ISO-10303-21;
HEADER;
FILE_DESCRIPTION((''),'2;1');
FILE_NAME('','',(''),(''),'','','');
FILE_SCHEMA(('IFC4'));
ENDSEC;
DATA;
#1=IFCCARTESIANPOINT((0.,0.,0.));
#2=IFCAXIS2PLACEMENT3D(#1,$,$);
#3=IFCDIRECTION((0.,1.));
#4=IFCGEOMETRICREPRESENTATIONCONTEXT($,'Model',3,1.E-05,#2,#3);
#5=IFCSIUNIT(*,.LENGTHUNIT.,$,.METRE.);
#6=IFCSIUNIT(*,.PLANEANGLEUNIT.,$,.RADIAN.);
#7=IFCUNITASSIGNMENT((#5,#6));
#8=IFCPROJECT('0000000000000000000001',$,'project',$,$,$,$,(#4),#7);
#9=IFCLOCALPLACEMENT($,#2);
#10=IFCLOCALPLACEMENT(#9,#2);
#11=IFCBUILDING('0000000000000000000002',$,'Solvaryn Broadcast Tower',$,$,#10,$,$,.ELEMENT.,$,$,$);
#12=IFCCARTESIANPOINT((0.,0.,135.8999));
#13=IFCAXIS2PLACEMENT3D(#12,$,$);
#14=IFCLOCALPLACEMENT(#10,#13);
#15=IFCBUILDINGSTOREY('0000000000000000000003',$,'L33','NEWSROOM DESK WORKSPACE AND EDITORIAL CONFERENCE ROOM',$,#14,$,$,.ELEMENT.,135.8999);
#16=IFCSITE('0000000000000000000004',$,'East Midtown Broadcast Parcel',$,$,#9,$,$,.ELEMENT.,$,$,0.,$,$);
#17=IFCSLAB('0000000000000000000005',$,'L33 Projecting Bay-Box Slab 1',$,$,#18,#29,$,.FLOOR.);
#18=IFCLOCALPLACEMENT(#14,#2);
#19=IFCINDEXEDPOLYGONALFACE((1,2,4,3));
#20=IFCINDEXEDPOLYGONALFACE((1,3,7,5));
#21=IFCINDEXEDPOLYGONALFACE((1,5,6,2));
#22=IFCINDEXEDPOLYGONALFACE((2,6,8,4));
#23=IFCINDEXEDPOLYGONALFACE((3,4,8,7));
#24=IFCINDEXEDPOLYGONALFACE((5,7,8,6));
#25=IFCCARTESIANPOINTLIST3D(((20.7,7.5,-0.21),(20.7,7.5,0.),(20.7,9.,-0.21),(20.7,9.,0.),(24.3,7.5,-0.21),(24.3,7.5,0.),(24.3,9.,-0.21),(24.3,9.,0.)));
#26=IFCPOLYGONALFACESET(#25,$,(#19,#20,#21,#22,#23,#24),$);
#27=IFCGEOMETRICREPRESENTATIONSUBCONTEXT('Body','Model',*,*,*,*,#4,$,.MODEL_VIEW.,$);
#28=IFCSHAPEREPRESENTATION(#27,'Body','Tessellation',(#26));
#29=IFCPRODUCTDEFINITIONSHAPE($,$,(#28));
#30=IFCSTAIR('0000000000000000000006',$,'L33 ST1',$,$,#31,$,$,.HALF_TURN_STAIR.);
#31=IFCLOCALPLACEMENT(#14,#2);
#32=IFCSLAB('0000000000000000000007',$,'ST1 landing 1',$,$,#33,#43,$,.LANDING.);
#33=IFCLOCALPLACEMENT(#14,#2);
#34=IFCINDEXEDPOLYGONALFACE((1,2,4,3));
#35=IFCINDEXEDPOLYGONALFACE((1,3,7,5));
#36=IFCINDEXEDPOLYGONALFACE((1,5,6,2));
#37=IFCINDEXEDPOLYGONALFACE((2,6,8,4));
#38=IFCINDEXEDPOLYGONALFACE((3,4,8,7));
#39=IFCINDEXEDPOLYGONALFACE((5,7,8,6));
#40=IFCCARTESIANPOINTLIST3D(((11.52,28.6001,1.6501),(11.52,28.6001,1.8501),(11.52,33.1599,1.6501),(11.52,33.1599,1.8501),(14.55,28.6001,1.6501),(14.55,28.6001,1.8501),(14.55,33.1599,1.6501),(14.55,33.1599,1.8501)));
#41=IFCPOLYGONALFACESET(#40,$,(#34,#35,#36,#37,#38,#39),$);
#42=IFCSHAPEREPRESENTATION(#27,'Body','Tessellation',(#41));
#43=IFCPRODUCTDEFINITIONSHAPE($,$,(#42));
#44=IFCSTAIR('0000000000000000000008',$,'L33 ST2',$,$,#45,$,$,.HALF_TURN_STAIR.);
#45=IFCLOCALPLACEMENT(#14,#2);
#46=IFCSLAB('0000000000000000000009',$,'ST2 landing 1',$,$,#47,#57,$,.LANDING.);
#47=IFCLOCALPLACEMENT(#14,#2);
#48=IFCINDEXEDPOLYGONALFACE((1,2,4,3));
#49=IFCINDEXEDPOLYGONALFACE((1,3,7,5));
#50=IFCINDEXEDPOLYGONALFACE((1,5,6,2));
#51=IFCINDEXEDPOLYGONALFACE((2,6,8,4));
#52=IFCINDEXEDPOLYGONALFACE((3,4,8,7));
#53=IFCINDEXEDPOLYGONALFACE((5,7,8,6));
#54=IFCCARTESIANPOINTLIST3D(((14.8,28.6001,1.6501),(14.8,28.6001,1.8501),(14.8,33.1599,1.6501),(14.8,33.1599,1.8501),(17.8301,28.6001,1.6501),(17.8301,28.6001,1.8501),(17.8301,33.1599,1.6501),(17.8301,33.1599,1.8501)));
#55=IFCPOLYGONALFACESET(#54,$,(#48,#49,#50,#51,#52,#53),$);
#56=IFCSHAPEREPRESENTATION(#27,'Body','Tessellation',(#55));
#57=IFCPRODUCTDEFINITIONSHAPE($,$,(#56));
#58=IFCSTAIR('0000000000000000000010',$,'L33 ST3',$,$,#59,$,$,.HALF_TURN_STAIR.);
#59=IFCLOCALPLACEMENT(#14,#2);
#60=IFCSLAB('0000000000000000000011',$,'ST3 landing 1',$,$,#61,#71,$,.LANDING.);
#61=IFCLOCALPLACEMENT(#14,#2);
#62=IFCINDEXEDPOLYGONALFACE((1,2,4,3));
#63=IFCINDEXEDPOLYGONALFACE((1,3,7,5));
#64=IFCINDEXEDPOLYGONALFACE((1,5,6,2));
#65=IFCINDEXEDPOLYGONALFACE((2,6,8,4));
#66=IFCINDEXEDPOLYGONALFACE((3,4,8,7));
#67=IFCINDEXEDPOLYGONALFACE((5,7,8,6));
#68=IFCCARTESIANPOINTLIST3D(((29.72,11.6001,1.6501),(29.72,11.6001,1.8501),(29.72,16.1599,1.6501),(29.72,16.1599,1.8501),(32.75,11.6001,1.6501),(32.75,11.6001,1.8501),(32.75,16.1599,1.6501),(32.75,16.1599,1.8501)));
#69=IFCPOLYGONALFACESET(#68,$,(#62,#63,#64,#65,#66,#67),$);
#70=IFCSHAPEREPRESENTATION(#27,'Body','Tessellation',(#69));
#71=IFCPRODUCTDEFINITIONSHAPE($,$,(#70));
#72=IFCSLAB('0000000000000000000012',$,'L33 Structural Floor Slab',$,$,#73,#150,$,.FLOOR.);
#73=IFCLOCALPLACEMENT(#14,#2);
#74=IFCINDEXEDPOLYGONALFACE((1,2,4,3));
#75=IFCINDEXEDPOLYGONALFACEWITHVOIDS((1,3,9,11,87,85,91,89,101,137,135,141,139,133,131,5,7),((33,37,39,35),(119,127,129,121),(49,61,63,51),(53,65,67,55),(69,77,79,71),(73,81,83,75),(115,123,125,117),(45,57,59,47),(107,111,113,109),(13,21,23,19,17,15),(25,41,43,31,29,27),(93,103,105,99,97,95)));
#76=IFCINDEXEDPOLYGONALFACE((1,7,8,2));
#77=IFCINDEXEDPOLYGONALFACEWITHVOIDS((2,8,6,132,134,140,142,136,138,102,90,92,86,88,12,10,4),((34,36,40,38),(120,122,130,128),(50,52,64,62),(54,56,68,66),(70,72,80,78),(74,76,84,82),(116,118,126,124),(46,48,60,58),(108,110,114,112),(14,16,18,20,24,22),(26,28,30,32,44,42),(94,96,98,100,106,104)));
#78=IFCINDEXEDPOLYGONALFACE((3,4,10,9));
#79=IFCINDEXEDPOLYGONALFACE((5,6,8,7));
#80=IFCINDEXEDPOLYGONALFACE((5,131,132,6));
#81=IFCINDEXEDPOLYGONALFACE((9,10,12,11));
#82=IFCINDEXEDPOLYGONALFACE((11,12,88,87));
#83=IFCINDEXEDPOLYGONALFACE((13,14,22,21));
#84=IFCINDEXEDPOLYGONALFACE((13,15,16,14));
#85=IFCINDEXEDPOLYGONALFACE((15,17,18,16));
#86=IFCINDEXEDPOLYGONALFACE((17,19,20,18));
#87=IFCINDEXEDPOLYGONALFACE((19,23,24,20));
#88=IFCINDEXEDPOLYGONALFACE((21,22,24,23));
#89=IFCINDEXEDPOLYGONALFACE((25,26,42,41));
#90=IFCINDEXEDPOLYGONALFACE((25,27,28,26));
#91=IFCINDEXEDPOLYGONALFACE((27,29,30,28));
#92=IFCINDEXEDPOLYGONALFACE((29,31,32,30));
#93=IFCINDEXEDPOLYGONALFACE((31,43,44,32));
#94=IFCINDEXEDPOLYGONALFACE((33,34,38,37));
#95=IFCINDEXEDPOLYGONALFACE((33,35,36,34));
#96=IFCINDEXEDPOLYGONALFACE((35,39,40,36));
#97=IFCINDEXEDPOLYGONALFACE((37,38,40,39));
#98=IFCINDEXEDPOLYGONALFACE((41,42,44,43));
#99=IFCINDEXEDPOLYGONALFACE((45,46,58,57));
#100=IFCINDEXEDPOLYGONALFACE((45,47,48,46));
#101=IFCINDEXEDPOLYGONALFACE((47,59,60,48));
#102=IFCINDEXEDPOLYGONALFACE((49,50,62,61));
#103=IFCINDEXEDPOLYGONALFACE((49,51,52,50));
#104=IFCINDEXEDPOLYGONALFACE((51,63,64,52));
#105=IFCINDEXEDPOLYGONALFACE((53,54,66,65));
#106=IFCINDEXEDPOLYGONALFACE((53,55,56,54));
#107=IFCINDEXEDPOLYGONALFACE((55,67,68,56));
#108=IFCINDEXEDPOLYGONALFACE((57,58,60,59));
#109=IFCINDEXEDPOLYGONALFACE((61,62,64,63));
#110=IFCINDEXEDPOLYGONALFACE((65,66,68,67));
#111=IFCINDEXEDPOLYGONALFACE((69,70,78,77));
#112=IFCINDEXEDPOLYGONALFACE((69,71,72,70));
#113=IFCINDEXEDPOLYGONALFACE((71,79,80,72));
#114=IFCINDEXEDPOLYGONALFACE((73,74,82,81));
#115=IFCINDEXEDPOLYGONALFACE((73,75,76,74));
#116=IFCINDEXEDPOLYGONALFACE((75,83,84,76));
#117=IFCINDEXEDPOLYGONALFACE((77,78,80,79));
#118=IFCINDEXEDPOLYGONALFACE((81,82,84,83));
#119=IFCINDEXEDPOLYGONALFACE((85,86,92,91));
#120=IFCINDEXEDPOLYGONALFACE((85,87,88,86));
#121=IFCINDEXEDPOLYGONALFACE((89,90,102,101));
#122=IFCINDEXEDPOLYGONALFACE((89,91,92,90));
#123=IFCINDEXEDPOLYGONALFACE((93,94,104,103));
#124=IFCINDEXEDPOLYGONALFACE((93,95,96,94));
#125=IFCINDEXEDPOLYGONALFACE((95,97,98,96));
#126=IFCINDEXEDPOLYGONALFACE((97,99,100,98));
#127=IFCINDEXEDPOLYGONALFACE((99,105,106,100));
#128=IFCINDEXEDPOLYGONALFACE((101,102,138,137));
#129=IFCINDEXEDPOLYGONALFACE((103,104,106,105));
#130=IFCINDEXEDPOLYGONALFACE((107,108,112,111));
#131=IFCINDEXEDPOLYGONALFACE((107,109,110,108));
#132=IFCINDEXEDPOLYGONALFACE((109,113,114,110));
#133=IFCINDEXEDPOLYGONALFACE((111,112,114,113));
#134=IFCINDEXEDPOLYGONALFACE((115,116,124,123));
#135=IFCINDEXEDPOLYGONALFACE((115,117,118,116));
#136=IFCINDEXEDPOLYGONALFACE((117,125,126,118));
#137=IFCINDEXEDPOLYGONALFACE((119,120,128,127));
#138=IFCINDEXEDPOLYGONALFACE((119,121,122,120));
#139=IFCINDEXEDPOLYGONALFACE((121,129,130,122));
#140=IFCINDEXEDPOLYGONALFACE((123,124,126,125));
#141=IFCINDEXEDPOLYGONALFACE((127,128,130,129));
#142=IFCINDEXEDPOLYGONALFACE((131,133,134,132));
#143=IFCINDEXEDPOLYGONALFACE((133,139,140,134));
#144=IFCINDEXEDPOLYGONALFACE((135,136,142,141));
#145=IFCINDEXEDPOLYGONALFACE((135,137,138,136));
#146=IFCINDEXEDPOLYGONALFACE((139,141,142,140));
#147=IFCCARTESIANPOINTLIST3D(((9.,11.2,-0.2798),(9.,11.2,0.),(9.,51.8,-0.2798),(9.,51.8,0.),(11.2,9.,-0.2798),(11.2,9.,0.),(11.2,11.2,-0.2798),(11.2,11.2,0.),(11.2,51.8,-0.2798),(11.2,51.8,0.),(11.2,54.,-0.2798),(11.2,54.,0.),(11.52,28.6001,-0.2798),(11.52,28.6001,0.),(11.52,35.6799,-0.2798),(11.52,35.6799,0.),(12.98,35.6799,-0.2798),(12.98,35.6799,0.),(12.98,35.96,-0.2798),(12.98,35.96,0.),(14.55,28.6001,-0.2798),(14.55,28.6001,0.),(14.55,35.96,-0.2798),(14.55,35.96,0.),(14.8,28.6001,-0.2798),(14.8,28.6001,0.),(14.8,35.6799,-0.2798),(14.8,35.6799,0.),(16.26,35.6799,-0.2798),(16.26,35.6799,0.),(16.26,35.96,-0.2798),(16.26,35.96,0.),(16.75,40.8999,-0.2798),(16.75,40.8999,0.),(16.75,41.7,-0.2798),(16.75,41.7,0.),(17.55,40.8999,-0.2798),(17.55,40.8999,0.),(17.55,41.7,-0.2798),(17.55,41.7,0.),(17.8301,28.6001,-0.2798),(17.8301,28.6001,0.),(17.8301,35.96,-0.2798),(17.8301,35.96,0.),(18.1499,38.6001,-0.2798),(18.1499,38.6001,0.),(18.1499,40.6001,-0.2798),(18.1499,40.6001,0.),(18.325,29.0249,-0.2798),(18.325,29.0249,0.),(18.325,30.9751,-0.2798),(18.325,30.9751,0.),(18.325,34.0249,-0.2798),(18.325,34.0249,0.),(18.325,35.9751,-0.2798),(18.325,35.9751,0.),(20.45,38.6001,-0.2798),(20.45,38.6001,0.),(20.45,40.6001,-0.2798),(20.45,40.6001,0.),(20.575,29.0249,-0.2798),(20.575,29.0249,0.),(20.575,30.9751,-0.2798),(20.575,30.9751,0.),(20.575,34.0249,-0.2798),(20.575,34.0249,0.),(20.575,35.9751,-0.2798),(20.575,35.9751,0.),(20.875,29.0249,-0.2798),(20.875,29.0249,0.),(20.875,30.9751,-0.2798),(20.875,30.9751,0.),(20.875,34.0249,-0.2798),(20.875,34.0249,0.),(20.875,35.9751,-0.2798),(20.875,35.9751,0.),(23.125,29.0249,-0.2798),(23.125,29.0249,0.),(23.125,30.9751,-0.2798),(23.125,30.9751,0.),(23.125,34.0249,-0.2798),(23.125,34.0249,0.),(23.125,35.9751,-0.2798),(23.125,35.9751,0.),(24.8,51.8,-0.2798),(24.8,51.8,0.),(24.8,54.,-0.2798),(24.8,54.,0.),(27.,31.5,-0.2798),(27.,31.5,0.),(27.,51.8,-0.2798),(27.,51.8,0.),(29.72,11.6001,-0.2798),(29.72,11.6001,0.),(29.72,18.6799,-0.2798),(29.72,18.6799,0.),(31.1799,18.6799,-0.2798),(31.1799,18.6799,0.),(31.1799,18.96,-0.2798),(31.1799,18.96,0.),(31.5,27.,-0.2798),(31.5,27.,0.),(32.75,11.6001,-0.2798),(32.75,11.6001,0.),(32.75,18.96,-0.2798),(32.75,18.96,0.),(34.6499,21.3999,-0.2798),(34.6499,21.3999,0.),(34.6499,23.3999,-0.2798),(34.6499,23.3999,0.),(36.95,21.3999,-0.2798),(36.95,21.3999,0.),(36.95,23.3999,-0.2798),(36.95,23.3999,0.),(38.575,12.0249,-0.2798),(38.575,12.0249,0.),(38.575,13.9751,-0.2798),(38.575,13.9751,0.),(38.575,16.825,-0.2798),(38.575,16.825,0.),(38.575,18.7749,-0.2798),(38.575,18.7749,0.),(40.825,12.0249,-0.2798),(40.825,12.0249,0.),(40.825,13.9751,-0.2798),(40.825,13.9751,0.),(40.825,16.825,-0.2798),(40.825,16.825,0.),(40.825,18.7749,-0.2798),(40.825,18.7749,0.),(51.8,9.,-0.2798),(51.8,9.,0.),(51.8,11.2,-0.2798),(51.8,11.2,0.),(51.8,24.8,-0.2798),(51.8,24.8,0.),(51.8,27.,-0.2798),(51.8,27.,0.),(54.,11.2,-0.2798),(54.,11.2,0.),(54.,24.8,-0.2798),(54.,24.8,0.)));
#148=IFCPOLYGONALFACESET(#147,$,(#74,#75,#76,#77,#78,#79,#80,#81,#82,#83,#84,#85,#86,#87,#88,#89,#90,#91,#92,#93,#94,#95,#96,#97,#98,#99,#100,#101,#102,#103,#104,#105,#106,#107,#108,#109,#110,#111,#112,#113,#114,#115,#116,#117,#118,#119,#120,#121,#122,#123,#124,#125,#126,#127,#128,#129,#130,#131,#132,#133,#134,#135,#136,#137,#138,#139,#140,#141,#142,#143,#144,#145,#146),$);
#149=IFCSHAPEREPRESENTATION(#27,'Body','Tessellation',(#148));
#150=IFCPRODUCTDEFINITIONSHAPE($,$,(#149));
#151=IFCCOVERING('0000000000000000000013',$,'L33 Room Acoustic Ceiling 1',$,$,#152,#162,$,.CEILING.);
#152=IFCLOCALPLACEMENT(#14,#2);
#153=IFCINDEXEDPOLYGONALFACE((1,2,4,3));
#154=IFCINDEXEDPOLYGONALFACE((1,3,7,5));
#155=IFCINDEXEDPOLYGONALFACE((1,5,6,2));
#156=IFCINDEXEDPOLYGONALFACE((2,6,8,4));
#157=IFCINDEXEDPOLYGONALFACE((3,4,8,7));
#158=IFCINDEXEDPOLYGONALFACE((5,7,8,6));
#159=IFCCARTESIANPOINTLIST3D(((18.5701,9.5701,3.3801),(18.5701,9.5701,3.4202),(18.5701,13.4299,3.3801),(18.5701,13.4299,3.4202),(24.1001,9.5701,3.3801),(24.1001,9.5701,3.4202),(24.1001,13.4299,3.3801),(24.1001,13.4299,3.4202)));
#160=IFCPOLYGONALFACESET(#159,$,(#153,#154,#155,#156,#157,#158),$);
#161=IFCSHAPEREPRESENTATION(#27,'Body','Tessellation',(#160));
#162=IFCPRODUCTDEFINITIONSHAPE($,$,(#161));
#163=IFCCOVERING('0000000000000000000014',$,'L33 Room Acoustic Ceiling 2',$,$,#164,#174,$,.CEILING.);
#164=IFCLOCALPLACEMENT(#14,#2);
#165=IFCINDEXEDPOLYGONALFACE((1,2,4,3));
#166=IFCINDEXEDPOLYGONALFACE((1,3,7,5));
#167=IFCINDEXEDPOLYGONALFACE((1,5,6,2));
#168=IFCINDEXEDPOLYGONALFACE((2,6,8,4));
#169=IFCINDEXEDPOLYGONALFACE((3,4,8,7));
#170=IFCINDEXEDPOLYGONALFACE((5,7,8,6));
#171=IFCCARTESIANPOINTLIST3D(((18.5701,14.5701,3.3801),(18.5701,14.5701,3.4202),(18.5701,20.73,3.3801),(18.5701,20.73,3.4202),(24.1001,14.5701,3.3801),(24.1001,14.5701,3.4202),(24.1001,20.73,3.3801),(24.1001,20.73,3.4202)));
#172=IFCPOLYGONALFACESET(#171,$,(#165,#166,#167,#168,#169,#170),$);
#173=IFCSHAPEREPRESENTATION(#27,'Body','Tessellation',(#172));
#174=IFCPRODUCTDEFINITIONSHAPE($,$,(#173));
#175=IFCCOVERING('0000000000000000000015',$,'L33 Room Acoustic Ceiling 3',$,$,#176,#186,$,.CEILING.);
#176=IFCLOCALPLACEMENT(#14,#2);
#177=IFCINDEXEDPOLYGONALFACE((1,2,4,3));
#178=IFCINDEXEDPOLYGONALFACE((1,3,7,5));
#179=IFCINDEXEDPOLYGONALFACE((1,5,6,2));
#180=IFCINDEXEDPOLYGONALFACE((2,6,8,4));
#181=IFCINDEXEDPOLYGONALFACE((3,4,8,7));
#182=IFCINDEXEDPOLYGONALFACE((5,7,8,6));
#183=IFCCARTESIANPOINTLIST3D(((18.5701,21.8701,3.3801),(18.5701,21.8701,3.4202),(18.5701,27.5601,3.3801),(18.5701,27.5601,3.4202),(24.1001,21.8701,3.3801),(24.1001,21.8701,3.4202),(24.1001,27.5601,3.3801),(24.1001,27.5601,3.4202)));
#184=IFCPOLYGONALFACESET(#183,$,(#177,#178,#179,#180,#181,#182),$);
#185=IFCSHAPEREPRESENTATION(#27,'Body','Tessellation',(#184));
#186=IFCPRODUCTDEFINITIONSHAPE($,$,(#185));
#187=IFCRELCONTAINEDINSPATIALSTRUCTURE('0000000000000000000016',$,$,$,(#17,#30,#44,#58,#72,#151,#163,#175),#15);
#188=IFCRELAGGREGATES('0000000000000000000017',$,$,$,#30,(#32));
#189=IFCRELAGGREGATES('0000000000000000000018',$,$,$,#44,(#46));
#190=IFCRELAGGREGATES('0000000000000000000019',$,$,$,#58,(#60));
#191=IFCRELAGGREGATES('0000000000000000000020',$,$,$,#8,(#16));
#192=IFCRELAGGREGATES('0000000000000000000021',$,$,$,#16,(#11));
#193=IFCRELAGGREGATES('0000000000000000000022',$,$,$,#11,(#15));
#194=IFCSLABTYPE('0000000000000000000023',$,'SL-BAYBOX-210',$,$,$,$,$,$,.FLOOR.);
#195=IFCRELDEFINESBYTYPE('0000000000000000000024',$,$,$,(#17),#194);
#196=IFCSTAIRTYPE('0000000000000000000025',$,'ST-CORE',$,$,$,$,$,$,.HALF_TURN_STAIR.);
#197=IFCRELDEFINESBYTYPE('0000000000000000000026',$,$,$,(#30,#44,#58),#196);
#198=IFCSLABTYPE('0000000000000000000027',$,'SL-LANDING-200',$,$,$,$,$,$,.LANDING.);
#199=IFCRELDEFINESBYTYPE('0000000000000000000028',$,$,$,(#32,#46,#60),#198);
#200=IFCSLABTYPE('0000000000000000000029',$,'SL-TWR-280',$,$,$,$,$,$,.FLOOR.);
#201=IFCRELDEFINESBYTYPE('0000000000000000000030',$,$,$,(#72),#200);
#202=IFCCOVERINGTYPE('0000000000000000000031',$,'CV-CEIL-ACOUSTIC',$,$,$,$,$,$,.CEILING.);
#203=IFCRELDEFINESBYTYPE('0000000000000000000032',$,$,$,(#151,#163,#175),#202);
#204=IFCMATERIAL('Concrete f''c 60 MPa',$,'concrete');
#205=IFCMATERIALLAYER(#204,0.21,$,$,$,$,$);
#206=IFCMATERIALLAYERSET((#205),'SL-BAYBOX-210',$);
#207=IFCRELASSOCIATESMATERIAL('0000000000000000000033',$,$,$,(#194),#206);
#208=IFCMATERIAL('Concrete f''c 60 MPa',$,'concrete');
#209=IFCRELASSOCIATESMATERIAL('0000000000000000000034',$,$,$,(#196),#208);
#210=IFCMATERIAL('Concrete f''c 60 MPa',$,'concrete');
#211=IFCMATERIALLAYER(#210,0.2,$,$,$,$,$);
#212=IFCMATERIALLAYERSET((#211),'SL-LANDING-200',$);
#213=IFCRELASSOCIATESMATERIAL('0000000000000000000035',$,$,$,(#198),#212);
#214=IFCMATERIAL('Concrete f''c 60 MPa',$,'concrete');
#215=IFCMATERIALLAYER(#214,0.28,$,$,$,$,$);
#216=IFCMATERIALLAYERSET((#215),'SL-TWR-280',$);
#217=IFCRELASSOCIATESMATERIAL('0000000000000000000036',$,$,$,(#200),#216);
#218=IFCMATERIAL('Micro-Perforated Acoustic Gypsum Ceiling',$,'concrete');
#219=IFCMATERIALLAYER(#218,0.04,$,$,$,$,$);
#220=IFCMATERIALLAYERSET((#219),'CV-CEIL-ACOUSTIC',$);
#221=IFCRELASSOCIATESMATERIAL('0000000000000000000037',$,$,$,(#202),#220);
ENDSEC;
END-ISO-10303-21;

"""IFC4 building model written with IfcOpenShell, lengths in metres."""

from ifc_helpers import new_model, si_unit, direction, frame, origin, place, context, subcontext, project, spatial, polyline, outline, extrude, material, layer, layer_set, type_object, element, aggregate, save


model = new_model("IFC4")

# Units and contexts
model_context = context("Model", 3, precision=1e-05, world=origin(), true_north=direction((0.0, 1.0)))
body_context = subcontext(model_context, "Body", "Model", "MODEL_VIEW")
ifc_project = project(units=[si_unit("LENGTHUNIT", "METRE"), si_unit("PLANEANGLEUNIT", "RADIAN")], contexts=[model_context])

# Site, building, storey
site_placement = place(None, origin())
site = spatial("IfcSite", under=ifc_project, at=site_placement, Name="East Midtown Broadcast Parcel", CompositionType="ELEMENT", RefElevation=0.0)
building_placement = place(site_placement, origin())
building = spatial("IfcBuilding", under=site, at=building_placement, Name="Solvaryn Broadcast Tower", CompositionType="ELEMENT")
storey_placement = place(building_placement, frame((0.0, 0.0, 135.8999)))
storey = spatial("IfcBuildingStorey", under=building, at=storey_placement, Name="L33", Description="NEWSROOM DESK WORKSPACE AND EDITORIAL CONFERENCE ROOM", CompositionType="ELEMENT", Elevation=135.8999)

# Slab
ifc_material_1 = material(Name="Concrete f'c 60 MPa", Category="concrete")
ifc_layer_1 = layer(ifc_material_1, 0.21)
ifc_layer_set_1 = layer_set([ifc_layer_1], Name="SL-BAYBOX-210")
slab_type_1 = type_object("IfcSlabType", Name="SL-BAYBOX-210", PredefinedType="FLOOR", material=ifc_layer_set_1)
slab_1_placement = place(storey_placement, frame((0.0, 0.0, -0.21)))
element("IfcSlab", 1, at=slab_1_placement, inside=storey, type_object=slab_type_1, Name="L33 Projecting Bay-Box Slab 1", PredefinedType="FLOOR", context=body_context, shape_type="SweptSolid", body=[
    extrude(outline(polyline([(20.7, 7.5), (24.3, 7.5), (24.3, 9.0), (20.7, 9.0), (20.7, 7.5)])), origin(), (0.0, 0.0, 1.0), 0.21),
])

# Stairs, slabs
ifc_material_2 = material(Name="Concrete f'c 60 MPa", Category="concrete")
stair_type = type_object("IfcStairType", Name="ST-CORE", PredefinedType="HALF_TURN_STAIR", material=ifc_material_2)
stair_1_placement = place(storey_placement, origin())
stair_1 = element("IfcStair", 2, at=stair_1_placement, inside=storey, type_object=stair_type, Name="L33 ST1", PredefinedType="HALF_TURN_STAIR")
ifc_material_3 = material(Name="Concrete f'c 60 MPa", Category="concrete")
ifc_layer_2 = layer(ifc_material_3, 0.2)
ifc_layer_set_2 = layer_set([ifc_layer_2], Name="SL-LANDING-200")
slab_type_2 = type_object("IfcSlabType", Name="SL-LANDING-200", PredefinedType="LANDING", material=ifc_layer_set_2)
slab_2_placement = place(storey_placement, frame((0.0, 0.0, 1.6501)))
slab_2 = element("IfcSlab", 3, at=slab_2_placement, type_object=slab_type_2, Name="ST1 landing 1", PredefinedType="LANDING", context=body_context, shape_type="SweptSolid", body=[
    extrude(outline(polyline([(11.52, 33.1599), (11.52, 28.6001), (14.55, 28.6001), (14.55, 33.1599), (11.52, 33.1599)])), origin(), (0.0, 0.0, 1.0), 0.2),
])
aggregate(stair_1, [slab_2])
stair_2_placement = place(storey_placement, origin())
stair_2 = element("IfcStair", 4, at=stair_2_placement, inside=storey, type_object=stair_type, Name="L33 ST2", PredefinedType="HALF_TURN_STAIR")
slab_3_placement = place(storey_placement, frame((0.0, 0.0, 1.6501)))
slab_3 = element("IfcSlab", 5, at=slab_3_placement, type_object=slab_type_2, Name="ST2 landing 1", PredefinedType="LANDING", context=body_context, shape_type="SweptSolid", body=[
    extrude(outline(polyline([(14.8, 33.1599), (14.8, 28.6001), (17.8301, 28.6001), (17.8301, 33.1599), (14.8, 33.1599)])), origin(), (0.0, 0.0, 1.0), 0.2),
])
aggregate(stair_2, [slab_3])
stair_3_placement = place(storey_placement, origin())
stair_3 = element("IfcStair", 6, at=stair_3_placement, inside=storey, type_object=stair_type, Name="L33 ST3", PredefinedType="HALF_TURN_STAIR")
slab_4_placement = place(storey_placement, frame((0.0, 0.0, 1.6501)))
slab_4 = element("IfcSlab", 7, at=slab_4_placement, type_object=slab_type_2, Name="ST3 landing 1", PredefinedType="LANDING", context=body_context, shape_type="SweptSolid", body=[
    extrude(outline(polyline([(29.72, 16.1599), (29.72, 11.6001), (32.75, 11.6001), (32.75, 16.1599), (29.72, 16.1599)])), origin(), (0.0, 0.0, 1.0), 0.2),
])
aggregate(stair_3, [slab_4])

# Slab
ifc_material_4 = material(Name="Concrete f'c 60 MPa", Category="concrete")
ifc_layer_3 = layer(ifc_material_4, 0.28)
ifc_layer_set_3 = layer_set([ifc_layer_3], Name="SL-TWR-280")
slab_type_3 = type_object("IfcSlabType", Name="SL-TWR-280", PredefinedType="FLOOR", material=ifc_layer_set_3)
slab_5_placement = place(storey_placement, frame((0.0, 0.0, -0.2798)))
element("IfcSlab", 8, at=slab_5_placement, inside=storey, type_object=slab_type_3, Name="L33 Structural Floor Slab", PredefinedType="FLOOR", context=body_context, shape_type="SweptSolid", body=[
    extrude(outline(polyline([(11.2, 9.0), (51.8, 9.0), (51.8, 11.2), (54.0, 11.2), (54.0, 24.8), (51.8, 24.8), (51.8, 27.0), (31.5, 27.0), (27.0, 31.5), (27.0, 51.8), (24.8, 51.8), (24.8, 54.0), (11.2, 54.0), (11.2, 51.8), (9.0, 51.8), (9.0, 11.2), (11.2, 11.2), (11.2, 9.0)]), holes=[polyline([(11.52, 28.6001), (14.55, 28.6001), (14.55, 35.96), (12.98, 35.96), (12.98, 35.6799), (11.52, 35.6799), (11.52, 28.6001)]), polyline([(14.8, 28.6001), (17.8301, 28.6001), (17.8301, 35.96), (16.26, 35.96), (16.26, 35.6799), (14.8, 35.6799), (14.8, 28.6001)]), polyline([(29.72, 11.6001), (32.75, 11.6001), (32.75, 18.96), (31.1799, 18.96), (31.1799, 18.6799), (29.72, 18.6799), (29.72, 11.6001)]), polyline([(18.1499, 38.6001), (20.45, 38.6001), (20.45, 40.6001), (18.1499, 40.6001), (18.1499, 38.6001)]), polyline([(18.325, 29.0249), (20.575, 29.0249), (20.575, 30.9751), (18.325, 30.9751), (18.325, 29.0249)]), polyline([(20.875, 29.0249), (23.125, 29.0249), (23.125, 30.9751), (20.875, 30.9751), (20.875, 29.0249)]), polyline([(18.325, 34.0249), (20.575, 34.0249), (20.575, 35.9751), (18.325, 35.9751), (18.325, 34.0249)]), polyline([(20.875, 34.0249), (23.125, 34.0249), (23.125, 35.9751), (20.875, 35.9751), (20.875, 34.0249)]), polyline([(34.6499, 21.3999), (36.95, 21.3999), (36.95, 23.3999), (34.6499, 23.3999), (34.6499, 21.3999)]), polyline([(38.575, 12.0249), (40.825, 12.0249), (40.825, 13.9751), (38.575, 13.9751), (38.575, 12.0249)]), polyline([(38.575, 16.825), (40.825, 16.825), (40.825, 18.7749), (38.575, 18.7749), (38.575, 16.825)]), polyline([(16.75, 40.8999), (17.55, 40.8999), (17.55, 41.7), (16.75, 41.7), (16.75, 40.8999)])]), origin(), (0.0, 0.0, 1.0), 0.2798),
])

# Coverings
ifc_material_5 = material(Name="Micro-Perforated Acoustic Gypsum Ceiling", Category="concrete")
ifc_layer_4 = layer(ifc_material_5, 0.04)
ifc_layer_set_4 = layer_set([ifc_layer_4], Name="CV-CEIL-ACOUSTIC")
covering_type_1 = type_object("IfcCoveringType", Name="CV-CEIL-ACOUSTIC", PredefinedType="CEILING", material=ifc_layer_set_4)
covering_1_placement = place(storey_placement, frame((0.0, 0.0, 3.3801)))
element("IfcCovering", 9, at=covering_1_placement, inside=storey, type_object=covering_type_1, Name="L33 Room Acoustic Ceiling 1", PredefinedType="CEILING", context=body_context, shape_type="SweptSolid", body=[
    extrude(outline(polyline([(18.5701, 9.5701), (24.1001, 9.5701), (24.1001, 13.4299), (18.5701, 13.4299), (18.5701, 9.5701)])), origin(), (0.0, 0.0, 1.0), 0.04),
])
covering_2_placement = place(storey_placement, frame((0.0, 0.0, 3.3801)))
element("IfcCovering", 10, at=covering_2_placement, inside=storey, type_object=covering_type_1, Name="L33 Room Acoustic Ceiling 2", PredefinedType="CEILING", context=body_context, shape_type="SweptSolid", body=[
    extrude(outline(polyline([(18.5701, 14.5701), (24.1001, 14.5701), (24.1001, 20.73), (18.5701, 20.73), (18.5701, 14.5701)])), origin(), (0.0, 0.0, 1.0), 0.04),
])
covering_3_placement = place(storey_placement, frame((0.0, 0.0, 3.3801)))
element("IfcCovering", 11, at=covering_3_placement, inside=storey, type_object=covering_type_1, Name="L33 Room Acoustic Ceiling 3", PredefinedType="CEILING", context=body_context, shape_type="SweptSolid", body=[
    extrude(outline(polyline([(18.5701, 21.8701), (24.1001, 21.8701), (24.1001, 27.5601), (18.5701, 27.5601), (18.5701, 21.8701)])), origin(), (0.0, 0.0, 1.0), 0.04),
])

save(model, "model.ifc")
